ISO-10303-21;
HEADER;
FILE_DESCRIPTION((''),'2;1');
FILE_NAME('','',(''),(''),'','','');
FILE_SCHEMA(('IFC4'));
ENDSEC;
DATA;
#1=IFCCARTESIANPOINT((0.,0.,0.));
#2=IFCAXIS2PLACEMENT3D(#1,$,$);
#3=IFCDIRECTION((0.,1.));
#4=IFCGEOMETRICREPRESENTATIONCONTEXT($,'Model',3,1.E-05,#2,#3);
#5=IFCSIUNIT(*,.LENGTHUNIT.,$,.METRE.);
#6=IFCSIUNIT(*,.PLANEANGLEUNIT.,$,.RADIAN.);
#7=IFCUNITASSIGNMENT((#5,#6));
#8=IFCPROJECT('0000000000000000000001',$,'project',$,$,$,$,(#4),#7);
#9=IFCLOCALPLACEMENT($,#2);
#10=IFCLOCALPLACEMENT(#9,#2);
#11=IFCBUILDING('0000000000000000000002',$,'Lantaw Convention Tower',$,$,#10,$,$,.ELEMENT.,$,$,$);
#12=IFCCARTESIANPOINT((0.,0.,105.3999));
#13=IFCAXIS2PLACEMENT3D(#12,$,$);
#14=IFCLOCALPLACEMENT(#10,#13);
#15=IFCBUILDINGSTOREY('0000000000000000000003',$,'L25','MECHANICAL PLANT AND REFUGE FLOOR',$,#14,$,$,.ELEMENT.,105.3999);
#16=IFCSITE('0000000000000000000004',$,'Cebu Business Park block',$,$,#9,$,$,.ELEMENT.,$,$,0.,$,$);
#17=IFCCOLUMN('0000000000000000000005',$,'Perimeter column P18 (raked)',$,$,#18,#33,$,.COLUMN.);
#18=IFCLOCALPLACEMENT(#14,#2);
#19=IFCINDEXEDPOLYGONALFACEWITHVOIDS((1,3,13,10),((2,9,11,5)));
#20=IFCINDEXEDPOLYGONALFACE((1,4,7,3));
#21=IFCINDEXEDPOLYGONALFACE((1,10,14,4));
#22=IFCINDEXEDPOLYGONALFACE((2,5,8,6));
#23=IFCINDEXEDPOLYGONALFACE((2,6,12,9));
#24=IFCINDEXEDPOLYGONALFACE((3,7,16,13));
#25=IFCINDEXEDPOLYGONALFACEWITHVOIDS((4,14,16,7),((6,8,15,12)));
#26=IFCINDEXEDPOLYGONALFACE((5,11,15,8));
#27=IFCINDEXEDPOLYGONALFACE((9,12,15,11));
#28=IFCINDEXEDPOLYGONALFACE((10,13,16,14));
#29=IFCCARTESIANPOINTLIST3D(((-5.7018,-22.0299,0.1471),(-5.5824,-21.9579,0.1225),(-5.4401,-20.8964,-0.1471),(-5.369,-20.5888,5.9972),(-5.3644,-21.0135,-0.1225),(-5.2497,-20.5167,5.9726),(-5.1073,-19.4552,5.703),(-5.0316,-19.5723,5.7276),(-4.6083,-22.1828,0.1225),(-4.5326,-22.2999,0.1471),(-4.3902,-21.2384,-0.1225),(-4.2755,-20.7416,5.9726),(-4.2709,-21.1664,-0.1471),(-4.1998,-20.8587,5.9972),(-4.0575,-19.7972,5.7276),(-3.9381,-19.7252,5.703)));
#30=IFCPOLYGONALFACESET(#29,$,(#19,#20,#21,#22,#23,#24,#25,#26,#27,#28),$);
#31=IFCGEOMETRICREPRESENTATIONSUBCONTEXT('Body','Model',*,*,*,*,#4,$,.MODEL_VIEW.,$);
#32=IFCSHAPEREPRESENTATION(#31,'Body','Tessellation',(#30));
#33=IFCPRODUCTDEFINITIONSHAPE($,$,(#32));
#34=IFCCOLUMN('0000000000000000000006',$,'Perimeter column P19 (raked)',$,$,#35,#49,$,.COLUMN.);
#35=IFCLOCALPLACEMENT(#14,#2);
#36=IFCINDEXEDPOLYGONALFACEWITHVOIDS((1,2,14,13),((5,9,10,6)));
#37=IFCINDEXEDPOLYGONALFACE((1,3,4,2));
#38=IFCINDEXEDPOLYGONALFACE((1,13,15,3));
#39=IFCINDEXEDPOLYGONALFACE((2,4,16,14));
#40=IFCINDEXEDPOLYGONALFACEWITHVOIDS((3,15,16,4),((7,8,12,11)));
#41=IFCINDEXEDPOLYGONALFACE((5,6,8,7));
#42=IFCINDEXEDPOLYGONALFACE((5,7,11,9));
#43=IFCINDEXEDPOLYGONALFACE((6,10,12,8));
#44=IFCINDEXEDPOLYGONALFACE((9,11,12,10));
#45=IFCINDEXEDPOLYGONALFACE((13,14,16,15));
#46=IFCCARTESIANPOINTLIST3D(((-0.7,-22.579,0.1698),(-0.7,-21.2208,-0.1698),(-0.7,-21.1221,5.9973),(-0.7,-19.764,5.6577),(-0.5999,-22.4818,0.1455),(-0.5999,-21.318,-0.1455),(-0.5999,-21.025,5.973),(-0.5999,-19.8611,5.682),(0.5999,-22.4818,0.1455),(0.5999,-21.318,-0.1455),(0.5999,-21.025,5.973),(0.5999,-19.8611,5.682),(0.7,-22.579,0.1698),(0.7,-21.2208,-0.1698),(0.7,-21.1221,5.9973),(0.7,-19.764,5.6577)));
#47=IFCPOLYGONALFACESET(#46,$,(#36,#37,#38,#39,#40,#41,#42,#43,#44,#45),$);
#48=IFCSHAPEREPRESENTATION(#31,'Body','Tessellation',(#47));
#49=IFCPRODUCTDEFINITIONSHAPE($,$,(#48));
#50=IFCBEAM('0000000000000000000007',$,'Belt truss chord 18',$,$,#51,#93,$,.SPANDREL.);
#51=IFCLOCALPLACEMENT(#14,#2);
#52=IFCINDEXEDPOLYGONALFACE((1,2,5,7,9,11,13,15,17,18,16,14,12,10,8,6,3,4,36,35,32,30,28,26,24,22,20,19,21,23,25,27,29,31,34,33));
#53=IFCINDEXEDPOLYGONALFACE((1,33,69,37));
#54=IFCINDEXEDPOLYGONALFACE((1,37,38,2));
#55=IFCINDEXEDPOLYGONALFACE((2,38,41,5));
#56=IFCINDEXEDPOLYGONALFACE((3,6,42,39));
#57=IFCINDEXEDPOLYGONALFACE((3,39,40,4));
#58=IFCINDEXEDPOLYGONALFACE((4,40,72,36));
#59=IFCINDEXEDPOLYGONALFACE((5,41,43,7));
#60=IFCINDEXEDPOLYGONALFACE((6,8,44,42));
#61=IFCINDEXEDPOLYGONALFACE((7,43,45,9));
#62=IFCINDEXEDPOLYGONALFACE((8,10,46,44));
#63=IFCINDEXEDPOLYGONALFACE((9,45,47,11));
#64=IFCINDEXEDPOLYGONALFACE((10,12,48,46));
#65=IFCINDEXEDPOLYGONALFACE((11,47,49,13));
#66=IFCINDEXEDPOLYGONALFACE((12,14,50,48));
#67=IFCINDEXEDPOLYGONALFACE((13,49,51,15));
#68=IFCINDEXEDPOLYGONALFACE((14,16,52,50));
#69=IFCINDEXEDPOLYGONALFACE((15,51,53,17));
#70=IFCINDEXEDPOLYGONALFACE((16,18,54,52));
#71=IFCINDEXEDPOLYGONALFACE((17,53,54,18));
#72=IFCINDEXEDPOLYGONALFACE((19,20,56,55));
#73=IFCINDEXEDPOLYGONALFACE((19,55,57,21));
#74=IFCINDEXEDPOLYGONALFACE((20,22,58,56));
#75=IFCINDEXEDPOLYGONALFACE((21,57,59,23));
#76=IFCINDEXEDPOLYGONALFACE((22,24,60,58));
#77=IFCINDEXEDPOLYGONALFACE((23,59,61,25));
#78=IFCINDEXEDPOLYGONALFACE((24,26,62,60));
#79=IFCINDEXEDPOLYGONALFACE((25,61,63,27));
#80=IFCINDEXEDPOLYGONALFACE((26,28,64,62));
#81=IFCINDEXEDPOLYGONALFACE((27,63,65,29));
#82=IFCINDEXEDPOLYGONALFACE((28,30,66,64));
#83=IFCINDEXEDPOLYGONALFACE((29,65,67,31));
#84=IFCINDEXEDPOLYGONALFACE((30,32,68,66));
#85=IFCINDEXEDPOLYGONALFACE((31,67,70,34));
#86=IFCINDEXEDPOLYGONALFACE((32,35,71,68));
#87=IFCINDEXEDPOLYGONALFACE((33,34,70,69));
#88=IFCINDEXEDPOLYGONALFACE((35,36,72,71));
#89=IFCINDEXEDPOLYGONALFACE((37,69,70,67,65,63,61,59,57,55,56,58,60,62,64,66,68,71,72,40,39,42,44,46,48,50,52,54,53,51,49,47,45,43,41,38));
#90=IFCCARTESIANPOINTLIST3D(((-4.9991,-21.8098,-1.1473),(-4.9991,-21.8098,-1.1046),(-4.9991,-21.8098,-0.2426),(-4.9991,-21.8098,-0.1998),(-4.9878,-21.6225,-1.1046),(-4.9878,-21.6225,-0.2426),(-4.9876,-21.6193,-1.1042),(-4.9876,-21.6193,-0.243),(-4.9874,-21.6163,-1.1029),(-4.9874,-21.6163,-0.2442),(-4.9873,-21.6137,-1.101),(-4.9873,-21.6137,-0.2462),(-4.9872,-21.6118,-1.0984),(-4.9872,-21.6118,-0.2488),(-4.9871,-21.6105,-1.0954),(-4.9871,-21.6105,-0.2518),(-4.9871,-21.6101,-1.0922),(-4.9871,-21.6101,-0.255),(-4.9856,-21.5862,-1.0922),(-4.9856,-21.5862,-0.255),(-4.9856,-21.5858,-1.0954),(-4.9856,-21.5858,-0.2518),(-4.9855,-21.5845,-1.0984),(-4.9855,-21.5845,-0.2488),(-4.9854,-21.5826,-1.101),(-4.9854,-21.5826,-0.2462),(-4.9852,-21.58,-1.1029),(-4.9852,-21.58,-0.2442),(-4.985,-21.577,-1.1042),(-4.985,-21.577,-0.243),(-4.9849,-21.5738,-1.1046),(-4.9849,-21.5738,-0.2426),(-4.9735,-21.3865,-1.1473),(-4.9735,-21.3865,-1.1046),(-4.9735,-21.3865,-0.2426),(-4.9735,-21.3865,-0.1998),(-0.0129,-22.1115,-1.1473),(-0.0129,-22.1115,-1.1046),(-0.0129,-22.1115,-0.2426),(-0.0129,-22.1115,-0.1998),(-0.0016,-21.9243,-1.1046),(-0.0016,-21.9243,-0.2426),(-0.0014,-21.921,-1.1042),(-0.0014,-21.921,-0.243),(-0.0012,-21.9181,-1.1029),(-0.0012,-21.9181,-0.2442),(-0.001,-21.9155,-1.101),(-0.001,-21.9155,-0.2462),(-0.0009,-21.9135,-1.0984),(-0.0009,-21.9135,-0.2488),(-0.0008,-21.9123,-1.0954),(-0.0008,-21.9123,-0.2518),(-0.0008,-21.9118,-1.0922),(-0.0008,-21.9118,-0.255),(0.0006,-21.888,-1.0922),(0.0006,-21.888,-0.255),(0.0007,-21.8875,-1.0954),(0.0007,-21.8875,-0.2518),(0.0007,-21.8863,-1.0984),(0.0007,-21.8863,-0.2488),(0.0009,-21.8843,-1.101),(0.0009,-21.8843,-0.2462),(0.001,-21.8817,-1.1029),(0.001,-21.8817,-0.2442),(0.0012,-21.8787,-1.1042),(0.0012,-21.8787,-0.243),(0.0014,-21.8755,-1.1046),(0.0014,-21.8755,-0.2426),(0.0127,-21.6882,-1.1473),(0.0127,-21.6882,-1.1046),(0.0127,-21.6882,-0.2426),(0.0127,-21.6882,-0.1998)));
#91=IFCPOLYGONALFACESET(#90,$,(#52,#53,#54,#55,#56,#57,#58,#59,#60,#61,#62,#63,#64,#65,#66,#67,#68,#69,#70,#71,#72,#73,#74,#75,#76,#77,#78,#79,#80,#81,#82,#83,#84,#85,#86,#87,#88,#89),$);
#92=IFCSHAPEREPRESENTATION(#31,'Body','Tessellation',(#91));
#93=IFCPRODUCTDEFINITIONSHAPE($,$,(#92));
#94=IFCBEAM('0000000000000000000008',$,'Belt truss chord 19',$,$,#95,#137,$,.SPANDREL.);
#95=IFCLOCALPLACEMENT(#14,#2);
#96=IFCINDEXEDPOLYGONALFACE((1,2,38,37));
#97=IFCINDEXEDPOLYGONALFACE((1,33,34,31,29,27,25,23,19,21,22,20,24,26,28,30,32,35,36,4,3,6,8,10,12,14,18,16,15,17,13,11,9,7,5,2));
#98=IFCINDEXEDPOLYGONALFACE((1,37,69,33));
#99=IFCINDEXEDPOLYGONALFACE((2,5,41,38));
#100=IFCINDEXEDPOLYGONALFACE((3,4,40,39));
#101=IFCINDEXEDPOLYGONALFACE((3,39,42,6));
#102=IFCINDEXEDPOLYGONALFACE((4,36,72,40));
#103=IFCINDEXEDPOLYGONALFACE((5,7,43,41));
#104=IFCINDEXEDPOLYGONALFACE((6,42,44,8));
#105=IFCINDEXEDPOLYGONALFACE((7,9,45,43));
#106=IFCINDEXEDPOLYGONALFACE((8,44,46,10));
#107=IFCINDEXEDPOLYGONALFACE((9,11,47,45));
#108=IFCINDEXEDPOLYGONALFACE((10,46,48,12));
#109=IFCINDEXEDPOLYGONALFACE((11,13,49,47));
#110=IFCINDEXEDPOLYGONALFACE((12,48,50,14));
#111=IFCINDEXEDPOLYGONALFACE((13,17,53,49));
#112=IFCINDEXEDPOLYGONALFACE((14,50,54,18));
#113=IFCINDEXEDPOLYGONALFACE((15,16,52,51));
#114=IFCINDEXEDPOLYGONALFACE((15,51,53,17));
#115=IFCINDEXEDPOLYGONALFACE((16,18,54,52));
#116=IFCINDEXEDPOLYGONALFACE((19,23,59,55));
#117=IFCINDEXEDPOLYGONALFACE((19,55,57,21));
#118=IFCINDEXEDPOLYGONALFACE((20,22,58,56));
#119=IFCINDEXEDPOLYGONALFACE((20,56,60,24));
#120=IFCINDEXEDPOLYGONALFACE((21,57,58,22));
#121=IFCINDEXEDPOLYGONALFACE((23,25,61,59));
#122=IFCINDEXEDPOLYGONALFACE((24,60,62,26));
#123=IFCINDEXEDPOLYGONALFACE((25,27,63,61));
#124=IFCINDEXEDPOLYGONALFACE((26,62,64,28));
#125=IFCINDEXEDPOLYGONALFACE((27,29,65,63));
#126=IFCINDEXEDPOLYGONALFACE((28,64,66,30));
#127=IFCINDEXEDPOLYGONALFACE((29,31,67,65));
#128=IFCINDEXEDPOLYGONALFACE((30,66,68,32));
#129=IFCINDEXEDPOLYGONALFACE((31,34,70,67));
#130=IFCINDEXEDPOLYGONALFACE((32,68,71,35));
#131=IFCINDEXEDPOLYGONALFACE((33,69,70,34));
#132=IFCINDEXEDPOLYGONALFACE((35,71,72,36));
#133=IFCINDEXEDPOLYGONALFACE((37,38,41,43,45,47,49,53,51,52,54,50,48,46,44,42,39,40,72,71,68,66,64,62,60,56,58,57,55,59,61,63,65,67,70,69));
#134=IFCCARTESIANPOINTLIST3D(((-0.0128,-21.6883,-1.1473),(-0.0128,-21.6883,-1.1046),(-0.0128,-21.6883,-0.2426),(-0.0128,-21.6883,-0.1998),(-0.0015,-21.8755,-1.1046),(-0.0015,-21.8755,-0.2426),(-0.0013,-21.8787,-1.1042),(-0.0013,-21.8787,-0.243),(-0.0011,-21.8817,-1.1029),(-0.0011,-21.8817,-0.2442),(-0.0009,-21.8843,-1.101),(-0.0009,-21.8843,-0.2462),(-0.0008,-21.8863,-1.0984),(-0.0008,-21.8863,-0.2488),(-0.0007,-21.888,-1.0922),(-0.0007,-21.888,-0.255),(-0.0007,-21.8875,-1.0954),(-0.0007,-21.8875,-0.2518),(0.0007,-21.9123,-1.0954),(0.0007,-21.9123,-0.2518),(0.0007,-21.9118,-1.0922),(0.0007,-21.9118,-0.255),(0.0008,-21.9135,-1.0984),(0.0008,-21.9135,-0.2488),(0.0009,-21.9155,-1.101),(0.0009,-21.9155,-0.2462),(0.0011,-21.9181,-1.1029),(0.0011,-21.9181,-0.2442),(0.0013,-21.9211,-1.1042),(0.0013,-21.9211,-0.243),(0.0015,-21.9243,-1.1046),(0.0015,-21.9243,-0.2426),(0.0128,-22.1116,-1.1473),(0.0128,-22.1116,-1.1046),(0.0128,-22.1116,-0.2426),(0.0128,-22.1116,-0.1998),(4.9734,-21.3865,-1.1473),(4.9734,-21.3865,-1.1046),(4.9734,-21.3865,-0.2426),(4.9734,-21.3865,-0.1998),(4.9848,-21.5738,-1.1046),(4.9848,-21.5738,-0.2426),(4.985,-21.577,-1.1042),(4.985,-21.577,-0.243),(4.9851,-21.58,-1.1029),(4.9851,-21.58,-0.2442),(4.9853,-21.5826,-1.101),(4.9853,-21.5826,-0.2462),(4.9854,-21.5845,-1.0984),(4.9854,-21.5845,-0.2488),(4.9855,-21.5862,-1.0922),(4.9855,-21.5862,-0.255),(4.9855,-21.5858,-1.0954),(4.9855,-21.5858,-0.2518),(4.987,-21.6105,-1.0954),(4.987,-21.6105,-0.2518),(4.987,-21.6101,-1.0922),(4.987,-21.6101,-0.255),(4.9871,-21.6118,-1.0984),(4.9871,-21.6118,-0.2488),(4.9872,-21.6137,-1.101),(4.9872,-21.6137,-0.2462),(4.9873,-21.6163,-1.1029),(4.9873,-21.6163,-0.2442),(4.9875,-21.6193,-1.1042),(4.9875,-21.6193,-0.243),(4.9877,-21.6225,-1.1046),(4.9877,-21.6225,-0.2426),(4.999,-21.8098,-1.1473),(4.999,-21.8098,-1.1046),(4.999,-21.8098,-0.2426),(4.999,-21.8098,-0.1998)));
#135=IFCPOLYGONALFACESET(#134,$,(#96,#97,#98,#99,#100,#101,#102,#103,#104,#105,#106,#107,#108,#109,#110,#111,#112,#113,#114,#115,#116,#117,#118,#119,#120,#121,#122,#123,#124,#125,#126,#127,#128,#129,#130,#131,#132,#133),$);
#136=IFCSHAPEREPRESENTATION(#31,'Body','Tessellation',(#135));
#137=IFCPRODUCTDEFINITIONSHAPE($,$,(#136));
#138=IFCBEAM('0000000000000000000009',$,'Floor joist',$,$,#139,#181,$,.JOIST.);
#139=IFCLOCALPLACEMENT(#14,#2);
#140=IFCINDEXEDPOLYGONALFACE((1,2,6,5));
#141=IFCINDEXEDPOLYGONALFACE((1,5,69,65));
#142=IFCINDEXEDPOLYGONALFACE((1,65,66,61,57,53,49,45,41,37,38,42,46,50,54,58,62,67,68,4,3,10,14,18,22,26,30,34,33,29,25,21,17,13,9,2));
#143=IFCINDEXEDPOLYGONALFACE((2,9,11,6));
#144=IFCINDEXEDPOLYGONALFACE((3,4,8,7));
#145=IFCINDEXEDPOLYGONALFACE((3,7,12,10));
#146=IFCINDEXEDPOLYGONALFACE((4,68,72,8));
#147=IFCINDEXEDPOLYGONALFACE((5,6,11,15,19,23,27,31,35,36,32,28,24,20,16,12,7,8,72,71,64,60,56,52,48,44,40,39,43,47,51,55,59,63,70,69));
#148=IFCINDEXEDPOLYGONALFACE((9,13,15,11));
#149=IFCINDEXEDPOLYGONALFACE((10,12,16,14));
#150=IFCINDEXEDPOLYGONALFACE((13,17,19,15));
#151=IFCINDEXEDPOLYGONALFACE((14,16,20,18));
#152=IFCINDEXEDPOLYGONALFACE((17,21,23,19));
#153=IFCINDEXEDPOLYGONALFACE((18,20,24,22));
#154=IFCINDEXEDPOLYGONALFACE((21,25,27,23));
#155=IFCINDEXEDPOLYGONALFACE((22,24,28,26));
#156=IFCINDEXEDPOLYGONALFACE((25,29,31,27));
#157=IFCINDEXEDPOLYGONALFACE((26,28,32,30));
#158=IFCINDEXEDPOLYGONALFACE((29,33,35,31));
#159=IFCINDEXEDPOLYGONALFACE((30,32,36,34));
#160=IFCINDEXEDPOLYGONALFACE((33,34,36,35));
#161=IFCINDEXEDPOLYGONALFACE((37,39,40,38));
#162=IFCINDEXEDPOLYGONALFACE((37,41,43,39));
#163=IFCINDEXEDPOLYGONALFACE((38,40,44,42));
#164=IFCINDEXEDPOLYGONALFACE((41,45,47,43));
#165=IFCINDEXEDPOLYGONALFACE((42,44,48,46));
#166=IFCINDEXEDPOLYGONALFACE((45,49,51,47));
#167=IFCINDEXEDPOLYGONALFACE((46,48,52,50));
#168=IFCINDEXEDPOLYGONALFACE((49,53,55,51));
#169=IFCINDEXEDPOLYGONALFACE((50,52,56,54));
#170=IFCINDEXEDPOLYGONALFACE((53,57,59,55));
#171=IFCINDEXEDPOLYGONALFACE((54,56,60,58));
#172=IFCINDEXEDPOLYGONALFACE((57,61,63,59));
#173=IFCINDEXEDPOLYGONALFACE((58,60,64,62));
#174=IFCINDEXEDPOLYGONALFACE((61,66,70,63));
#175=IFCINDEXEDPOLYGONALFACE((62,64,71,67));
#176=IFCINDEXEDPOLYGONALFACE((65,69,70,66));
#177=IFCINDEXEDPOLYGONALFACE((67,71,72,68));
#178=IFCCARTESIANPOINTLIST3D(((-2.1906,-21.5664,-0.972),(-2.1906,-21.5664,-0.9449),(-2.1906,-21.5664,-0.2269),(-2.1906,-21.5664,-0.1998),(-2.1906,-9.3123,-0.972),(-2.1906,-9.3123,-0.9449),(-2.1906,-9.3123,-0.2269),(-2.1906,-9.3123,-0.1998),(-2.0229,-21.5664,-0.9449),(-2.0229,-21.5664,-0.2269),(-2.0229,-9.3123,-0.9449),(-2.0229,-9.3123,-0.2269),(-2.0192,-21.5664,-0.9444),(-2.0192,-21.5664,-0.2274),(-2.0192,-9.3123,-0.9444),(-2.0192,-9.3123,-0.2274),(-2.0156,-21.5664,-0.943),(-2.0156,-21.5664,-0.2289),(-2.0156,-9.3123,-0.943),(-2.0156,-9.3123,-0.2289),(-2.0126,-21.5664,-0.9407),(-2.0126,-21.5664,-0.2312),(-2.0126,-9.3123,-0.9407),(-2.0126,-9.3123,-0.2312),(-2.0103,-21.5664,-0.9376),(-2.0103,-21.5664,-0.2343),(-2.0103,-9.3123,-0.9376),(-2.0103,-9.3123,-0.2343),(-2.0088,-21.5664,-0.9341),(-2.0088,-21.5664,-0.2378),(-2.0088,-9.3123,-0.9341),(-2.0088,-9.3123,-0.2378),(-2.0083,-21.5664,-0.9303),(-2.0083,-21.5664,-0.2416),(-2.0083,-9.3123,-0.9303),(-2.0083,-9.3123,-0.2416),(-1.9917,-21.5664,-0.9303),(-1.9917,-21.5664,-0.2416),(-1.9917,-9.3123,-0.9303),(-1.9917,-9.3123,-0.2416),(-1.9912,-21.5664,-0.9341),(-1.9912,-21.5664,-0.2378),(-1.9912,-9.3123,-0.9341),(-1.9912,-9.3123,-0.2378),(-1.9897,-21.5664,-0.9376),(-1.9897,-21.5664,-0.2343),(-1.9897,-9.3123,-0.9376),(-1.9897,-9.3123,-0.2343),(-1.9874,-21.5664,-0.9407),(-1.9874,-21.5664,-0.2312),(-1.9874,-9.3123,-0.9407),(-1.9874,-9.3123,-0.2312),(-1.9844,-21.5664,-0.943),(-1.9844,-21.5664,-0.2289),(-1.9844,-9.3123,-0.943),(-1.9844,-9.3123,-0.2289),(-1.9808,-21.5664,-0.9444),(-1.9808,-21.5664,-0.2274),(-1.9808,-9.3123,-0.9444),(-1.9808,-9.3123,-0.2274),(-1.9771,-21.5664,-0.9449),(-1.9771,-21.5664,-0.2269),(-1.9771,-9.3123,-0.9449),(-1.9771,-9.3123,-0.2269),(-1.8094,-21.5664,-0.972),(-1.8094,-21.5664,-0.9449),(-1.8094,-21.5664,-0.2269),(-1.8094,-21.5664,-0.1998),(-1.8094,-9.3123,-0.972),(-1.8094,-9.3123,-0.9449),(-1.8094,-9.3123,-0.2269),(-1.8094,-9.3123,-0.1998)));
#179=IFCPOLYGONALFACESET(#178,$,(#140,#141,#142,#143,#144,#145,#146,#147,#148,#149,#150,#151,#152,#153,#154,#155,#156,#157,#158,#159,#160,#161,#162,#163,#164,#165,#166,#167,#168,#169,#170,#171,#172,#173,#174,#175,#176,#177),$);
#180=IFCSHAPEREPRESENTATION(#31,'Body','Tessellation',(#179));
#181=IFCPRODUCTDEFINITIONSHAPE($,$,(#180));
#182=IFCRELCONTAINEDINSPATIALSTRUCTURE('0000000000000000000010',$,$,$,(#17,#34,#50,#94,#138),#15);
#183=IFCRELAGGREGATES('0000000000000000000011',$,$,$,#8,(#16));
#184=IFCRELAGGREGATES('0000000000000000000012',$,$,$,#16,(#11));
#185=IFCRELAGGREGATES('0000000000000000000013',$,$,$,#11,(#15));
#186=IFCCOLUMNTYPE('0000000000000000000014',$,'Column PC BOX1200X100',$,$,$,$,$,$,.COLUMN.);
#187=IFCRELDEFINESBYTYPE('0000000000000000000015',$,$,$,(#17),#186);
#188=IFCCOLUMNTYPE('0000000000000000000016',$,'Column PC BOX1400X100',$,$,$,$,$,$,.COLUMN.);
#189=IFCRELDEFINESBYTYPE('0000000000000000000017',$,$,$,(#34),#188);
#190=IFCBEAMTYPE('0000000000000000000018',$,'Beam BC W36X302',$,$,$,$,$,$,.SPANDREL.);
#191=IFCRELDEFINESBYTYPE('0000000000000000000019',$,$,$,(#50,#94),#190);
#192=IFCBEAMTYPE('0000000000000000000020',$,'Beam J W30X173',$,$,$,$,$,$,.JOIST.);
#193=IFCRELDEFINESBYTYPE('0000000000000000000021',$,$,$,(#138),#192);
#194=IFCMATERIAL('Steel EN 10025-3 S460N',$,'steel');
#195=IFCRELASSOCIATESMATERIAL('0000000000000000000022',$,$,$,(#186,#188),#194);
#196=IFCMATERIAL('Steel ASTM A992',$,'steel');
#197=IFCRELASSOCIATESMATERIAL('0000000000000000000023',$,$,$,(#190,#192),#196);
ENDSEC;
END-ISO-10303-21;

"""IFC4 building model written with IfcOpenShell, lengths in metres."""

from ifc_helpers import new_model, si_unit, direction, frame, origin, origin_2d, place, context, subcontext, project, spatial, rectangle, hollow_rectangle, i_section, extrude, material, material_profile, profile_set, type_object, element, save


model = new_model("IFC4")

# Units and contexts
model_context = context("Model", 3, precision=1e-05, world=origin(), true_north=direction((0.0, 1.0)))
body_context = subcontext(model_context, "Body", "Model", "MODEL_VIEW")
ifc_project = project(units=[si_unit("LENGTHUNIT", "METRE"), si_unit("PLANEANGLEUNIT", "RADIAN")], contexts=[model_context])

# Site, building, storey
site_placement = place(None, origin())
site = spatial("IfcSite", under=ifc_project, at=site_placement, Name="Cebu Business Park block", CompositionType="ELEMENT", RefElevation=0.0)
building_placement = place(site_placement, origin())
building = spatial("IfcBuilding", under=site, at=building_placement, Name="Lantaw Convention Tower", CompositionType="ELEMENT")
storey_placement = place(building_placement, frame((0.0, 0.0, 105.3999)))
storey = spatial("IfcBuildingStorey", under=building, at=storey_placement, Name="L25", Description="MECHANICAL PLANT AND REFUGE FLOOR", CompositionType="ELEMENT", Elevation=105.3999)

# Columns
ifc_material_1 = material(Name="Steel EN 10025-3 S460N", Category="steel")
ifc_material_profile_1 = material_profile(ifc_material_1, hollow_rectangle(XDim=1.2, YDim=1.2, WallThickness=0.1001, at=origin_2d()), Name="BOX1200X100")
ifc_material_2 = material(Name="Concrete C60/75", Category="concrete")
ifc_material_profile_2 = material_profile(ifc_material_2, rectangle(XDim=1.0, YDim=1.0, at=origin_2d()), Name="Concrete fill of BOX1200X100")
ifc_profile_set_1 = profile_set([ifc_material_profile_1, ifc_material_profile_2], Name="Steel EN 10025-3 S460N")
column_type_1 = type_object("IfcColumnType", Name="Column PC BOX1200X100", PredefinedType="COLUMN", material=ifc_profile_set_1)
column_1_placement = place(storey_placement, frame((-4.9863, -21.5981, 0.0), z_axis=(0.055146, 0.238833, 0.969493), x_axis=(-0.974363, 0.22498, 0.0)))
element("IfcColumn", 1, at=column_1_placement, inside=storey, type_object=column_type_1, Name="Perimeter column P18 (raked)", PredefinedType="COLUMN", context=body_context, shape_type="SweptSolid", body=[
    extrude(hollow_rectangle(XDim=1.2, YDim=1.2, WallThickness=0.1001, at=origin_2d()), origin(), (0.0, 0.0, 1.0), 6.0342),
])
ifc_material_profile_3 = material_profile(ifc_material_1, hollow_rectangle(XDim=1.3999, YDim=1.3999, WallThickness=0.1001, at=origin_2d()), Name="BOX1400X100")
ifc_material_profile_4 = material_profile(ifc_material_2, rectangle(XDim=1.2, YDim=1.2, at=origin_2d()), Name="Concrete fill of BOX1400X100")
ifc_profile_set_2 = profile_set([ifc_material_profile_3, ifc_material_profile_4], Name="Steel EN 10025-3 S460N")
column_type_2 = type_object("IfcColumnType", Name="Column PC BOX1400X100", PredefinedType="COLUMN", material=ifc_profile_set_2)
column_2_placement = place(storey_placement, frame((0.0, -21.8999, 0.0), z_axis=(0.0, 0.242526, 0.970145), x_axis=(-1.0, 0.0, 0.0)))
element("IfcColumn", 2, at=column_2_placement, inside=storey, type_object=column_type_2, Name="Perimeter column P19 (raked)", PredefinedType="COLUMN", context=body_context, shape_type="SweptSolid", body=[
    extrude(hollow_rectangle(XDim=1.3999, YDim=1.3999, WallThickness=0.1001, at=origin_2d()), origin(), (0.0, 0.0, 1.0), 6.0068),
])

# Beams
ifc_material_3 = material(Name="Steel ASTM A992", Category="steel")
ifc_material_profile_5 = material_profile(ifc_material_3, i_section(OverallWidth=0.4241, OverallDepth=0.9475, WebThickness=0.0239, FlangeThickness=0.0427, FilletRadius=0.0125, at=origin_2d()), Name="W36X302")
ifc_profile_set_3 = profile_set([ifc_material_profile_5], Name="Steel ASTM A992")
beam_type_1 = type_object("IfcBeamType", Name="Beam BC W36X302", PredefinedType="SPANDREL", material=ifc_profile_set_3)
for number, where, z_axis, x_axis, name in (
    (3, (-4.9863, -21.5981, -0.6736), (0.998174, -0.060407, 0.0), (0.060407, 0.998174, 0.0), "Belt truss chord 18"),
    (4, (0.0, -21.8999, -0.6736), (0.998174, 0.060407, 0.0), (-0.060407, 0.998174, 0.0), "Belt truss chord 19"),
):
    element("IfcBeam", number, at=place(storey_placement, frame(where, z_axis=z_axis, x_axis=x_axis)), inside=storey, type_object=beam_type_1, Name=name, PredefinedType="SPANDREL", context=body_context, shape_type="SweptSolid", body=[
        extrude(i_section(OverallWidth=0.4241, OverallDepth=0.9475, WebThickness=0.0239, FlangeThickness=0.0427, FilletRadius=0.0125, at=origin_2d()), origin(), (0.0, 0.0, 1.0), 4.9954),
    ])
ifc_material_profile_6 = material_profile(ifc_material_3, i_section(OverallWidth=0.3811, OverallDepth=0.7722, WebThickness=0.0166, FlangeThickness=0.0271, FilletRadius=0.0146, at=origin_2d()), Name="W30X173")
ifc_profile_set_4 = profile_set([ifc_material_profile_6], Name="Steel ASTM A992")
beam_type_2 = type_object("IfcBeamType", Name="Beam J W30X173", PredefinedType="JOIST", material=ifc_profile_set_4)
beam_placement = place(storey_placement, frame((-2.0, -21.5664, -0.5859), z_axis=(0.0, 1.0, 0.0), x_axis=(-1.0, 0.0, 0.0)))
element("IfcBeam", 5, at=beam_placement, inside=storey, type_object=beam_type_2, Name="Floor joist", PredefinedType="JOIST", context=body_context, shape_type="SweptSolid", body=[
    extrude(i_section(OverallWidth=0.3811, OverallDepth=0.7722, WebThickness=0.0166, FlangeThickness=0.0271, FilletRadius=0.0146, at=origin_2d()), origin(), (0.0, 0.0, 1.0), 12.2542),
])

save(model, "model.ifc")
